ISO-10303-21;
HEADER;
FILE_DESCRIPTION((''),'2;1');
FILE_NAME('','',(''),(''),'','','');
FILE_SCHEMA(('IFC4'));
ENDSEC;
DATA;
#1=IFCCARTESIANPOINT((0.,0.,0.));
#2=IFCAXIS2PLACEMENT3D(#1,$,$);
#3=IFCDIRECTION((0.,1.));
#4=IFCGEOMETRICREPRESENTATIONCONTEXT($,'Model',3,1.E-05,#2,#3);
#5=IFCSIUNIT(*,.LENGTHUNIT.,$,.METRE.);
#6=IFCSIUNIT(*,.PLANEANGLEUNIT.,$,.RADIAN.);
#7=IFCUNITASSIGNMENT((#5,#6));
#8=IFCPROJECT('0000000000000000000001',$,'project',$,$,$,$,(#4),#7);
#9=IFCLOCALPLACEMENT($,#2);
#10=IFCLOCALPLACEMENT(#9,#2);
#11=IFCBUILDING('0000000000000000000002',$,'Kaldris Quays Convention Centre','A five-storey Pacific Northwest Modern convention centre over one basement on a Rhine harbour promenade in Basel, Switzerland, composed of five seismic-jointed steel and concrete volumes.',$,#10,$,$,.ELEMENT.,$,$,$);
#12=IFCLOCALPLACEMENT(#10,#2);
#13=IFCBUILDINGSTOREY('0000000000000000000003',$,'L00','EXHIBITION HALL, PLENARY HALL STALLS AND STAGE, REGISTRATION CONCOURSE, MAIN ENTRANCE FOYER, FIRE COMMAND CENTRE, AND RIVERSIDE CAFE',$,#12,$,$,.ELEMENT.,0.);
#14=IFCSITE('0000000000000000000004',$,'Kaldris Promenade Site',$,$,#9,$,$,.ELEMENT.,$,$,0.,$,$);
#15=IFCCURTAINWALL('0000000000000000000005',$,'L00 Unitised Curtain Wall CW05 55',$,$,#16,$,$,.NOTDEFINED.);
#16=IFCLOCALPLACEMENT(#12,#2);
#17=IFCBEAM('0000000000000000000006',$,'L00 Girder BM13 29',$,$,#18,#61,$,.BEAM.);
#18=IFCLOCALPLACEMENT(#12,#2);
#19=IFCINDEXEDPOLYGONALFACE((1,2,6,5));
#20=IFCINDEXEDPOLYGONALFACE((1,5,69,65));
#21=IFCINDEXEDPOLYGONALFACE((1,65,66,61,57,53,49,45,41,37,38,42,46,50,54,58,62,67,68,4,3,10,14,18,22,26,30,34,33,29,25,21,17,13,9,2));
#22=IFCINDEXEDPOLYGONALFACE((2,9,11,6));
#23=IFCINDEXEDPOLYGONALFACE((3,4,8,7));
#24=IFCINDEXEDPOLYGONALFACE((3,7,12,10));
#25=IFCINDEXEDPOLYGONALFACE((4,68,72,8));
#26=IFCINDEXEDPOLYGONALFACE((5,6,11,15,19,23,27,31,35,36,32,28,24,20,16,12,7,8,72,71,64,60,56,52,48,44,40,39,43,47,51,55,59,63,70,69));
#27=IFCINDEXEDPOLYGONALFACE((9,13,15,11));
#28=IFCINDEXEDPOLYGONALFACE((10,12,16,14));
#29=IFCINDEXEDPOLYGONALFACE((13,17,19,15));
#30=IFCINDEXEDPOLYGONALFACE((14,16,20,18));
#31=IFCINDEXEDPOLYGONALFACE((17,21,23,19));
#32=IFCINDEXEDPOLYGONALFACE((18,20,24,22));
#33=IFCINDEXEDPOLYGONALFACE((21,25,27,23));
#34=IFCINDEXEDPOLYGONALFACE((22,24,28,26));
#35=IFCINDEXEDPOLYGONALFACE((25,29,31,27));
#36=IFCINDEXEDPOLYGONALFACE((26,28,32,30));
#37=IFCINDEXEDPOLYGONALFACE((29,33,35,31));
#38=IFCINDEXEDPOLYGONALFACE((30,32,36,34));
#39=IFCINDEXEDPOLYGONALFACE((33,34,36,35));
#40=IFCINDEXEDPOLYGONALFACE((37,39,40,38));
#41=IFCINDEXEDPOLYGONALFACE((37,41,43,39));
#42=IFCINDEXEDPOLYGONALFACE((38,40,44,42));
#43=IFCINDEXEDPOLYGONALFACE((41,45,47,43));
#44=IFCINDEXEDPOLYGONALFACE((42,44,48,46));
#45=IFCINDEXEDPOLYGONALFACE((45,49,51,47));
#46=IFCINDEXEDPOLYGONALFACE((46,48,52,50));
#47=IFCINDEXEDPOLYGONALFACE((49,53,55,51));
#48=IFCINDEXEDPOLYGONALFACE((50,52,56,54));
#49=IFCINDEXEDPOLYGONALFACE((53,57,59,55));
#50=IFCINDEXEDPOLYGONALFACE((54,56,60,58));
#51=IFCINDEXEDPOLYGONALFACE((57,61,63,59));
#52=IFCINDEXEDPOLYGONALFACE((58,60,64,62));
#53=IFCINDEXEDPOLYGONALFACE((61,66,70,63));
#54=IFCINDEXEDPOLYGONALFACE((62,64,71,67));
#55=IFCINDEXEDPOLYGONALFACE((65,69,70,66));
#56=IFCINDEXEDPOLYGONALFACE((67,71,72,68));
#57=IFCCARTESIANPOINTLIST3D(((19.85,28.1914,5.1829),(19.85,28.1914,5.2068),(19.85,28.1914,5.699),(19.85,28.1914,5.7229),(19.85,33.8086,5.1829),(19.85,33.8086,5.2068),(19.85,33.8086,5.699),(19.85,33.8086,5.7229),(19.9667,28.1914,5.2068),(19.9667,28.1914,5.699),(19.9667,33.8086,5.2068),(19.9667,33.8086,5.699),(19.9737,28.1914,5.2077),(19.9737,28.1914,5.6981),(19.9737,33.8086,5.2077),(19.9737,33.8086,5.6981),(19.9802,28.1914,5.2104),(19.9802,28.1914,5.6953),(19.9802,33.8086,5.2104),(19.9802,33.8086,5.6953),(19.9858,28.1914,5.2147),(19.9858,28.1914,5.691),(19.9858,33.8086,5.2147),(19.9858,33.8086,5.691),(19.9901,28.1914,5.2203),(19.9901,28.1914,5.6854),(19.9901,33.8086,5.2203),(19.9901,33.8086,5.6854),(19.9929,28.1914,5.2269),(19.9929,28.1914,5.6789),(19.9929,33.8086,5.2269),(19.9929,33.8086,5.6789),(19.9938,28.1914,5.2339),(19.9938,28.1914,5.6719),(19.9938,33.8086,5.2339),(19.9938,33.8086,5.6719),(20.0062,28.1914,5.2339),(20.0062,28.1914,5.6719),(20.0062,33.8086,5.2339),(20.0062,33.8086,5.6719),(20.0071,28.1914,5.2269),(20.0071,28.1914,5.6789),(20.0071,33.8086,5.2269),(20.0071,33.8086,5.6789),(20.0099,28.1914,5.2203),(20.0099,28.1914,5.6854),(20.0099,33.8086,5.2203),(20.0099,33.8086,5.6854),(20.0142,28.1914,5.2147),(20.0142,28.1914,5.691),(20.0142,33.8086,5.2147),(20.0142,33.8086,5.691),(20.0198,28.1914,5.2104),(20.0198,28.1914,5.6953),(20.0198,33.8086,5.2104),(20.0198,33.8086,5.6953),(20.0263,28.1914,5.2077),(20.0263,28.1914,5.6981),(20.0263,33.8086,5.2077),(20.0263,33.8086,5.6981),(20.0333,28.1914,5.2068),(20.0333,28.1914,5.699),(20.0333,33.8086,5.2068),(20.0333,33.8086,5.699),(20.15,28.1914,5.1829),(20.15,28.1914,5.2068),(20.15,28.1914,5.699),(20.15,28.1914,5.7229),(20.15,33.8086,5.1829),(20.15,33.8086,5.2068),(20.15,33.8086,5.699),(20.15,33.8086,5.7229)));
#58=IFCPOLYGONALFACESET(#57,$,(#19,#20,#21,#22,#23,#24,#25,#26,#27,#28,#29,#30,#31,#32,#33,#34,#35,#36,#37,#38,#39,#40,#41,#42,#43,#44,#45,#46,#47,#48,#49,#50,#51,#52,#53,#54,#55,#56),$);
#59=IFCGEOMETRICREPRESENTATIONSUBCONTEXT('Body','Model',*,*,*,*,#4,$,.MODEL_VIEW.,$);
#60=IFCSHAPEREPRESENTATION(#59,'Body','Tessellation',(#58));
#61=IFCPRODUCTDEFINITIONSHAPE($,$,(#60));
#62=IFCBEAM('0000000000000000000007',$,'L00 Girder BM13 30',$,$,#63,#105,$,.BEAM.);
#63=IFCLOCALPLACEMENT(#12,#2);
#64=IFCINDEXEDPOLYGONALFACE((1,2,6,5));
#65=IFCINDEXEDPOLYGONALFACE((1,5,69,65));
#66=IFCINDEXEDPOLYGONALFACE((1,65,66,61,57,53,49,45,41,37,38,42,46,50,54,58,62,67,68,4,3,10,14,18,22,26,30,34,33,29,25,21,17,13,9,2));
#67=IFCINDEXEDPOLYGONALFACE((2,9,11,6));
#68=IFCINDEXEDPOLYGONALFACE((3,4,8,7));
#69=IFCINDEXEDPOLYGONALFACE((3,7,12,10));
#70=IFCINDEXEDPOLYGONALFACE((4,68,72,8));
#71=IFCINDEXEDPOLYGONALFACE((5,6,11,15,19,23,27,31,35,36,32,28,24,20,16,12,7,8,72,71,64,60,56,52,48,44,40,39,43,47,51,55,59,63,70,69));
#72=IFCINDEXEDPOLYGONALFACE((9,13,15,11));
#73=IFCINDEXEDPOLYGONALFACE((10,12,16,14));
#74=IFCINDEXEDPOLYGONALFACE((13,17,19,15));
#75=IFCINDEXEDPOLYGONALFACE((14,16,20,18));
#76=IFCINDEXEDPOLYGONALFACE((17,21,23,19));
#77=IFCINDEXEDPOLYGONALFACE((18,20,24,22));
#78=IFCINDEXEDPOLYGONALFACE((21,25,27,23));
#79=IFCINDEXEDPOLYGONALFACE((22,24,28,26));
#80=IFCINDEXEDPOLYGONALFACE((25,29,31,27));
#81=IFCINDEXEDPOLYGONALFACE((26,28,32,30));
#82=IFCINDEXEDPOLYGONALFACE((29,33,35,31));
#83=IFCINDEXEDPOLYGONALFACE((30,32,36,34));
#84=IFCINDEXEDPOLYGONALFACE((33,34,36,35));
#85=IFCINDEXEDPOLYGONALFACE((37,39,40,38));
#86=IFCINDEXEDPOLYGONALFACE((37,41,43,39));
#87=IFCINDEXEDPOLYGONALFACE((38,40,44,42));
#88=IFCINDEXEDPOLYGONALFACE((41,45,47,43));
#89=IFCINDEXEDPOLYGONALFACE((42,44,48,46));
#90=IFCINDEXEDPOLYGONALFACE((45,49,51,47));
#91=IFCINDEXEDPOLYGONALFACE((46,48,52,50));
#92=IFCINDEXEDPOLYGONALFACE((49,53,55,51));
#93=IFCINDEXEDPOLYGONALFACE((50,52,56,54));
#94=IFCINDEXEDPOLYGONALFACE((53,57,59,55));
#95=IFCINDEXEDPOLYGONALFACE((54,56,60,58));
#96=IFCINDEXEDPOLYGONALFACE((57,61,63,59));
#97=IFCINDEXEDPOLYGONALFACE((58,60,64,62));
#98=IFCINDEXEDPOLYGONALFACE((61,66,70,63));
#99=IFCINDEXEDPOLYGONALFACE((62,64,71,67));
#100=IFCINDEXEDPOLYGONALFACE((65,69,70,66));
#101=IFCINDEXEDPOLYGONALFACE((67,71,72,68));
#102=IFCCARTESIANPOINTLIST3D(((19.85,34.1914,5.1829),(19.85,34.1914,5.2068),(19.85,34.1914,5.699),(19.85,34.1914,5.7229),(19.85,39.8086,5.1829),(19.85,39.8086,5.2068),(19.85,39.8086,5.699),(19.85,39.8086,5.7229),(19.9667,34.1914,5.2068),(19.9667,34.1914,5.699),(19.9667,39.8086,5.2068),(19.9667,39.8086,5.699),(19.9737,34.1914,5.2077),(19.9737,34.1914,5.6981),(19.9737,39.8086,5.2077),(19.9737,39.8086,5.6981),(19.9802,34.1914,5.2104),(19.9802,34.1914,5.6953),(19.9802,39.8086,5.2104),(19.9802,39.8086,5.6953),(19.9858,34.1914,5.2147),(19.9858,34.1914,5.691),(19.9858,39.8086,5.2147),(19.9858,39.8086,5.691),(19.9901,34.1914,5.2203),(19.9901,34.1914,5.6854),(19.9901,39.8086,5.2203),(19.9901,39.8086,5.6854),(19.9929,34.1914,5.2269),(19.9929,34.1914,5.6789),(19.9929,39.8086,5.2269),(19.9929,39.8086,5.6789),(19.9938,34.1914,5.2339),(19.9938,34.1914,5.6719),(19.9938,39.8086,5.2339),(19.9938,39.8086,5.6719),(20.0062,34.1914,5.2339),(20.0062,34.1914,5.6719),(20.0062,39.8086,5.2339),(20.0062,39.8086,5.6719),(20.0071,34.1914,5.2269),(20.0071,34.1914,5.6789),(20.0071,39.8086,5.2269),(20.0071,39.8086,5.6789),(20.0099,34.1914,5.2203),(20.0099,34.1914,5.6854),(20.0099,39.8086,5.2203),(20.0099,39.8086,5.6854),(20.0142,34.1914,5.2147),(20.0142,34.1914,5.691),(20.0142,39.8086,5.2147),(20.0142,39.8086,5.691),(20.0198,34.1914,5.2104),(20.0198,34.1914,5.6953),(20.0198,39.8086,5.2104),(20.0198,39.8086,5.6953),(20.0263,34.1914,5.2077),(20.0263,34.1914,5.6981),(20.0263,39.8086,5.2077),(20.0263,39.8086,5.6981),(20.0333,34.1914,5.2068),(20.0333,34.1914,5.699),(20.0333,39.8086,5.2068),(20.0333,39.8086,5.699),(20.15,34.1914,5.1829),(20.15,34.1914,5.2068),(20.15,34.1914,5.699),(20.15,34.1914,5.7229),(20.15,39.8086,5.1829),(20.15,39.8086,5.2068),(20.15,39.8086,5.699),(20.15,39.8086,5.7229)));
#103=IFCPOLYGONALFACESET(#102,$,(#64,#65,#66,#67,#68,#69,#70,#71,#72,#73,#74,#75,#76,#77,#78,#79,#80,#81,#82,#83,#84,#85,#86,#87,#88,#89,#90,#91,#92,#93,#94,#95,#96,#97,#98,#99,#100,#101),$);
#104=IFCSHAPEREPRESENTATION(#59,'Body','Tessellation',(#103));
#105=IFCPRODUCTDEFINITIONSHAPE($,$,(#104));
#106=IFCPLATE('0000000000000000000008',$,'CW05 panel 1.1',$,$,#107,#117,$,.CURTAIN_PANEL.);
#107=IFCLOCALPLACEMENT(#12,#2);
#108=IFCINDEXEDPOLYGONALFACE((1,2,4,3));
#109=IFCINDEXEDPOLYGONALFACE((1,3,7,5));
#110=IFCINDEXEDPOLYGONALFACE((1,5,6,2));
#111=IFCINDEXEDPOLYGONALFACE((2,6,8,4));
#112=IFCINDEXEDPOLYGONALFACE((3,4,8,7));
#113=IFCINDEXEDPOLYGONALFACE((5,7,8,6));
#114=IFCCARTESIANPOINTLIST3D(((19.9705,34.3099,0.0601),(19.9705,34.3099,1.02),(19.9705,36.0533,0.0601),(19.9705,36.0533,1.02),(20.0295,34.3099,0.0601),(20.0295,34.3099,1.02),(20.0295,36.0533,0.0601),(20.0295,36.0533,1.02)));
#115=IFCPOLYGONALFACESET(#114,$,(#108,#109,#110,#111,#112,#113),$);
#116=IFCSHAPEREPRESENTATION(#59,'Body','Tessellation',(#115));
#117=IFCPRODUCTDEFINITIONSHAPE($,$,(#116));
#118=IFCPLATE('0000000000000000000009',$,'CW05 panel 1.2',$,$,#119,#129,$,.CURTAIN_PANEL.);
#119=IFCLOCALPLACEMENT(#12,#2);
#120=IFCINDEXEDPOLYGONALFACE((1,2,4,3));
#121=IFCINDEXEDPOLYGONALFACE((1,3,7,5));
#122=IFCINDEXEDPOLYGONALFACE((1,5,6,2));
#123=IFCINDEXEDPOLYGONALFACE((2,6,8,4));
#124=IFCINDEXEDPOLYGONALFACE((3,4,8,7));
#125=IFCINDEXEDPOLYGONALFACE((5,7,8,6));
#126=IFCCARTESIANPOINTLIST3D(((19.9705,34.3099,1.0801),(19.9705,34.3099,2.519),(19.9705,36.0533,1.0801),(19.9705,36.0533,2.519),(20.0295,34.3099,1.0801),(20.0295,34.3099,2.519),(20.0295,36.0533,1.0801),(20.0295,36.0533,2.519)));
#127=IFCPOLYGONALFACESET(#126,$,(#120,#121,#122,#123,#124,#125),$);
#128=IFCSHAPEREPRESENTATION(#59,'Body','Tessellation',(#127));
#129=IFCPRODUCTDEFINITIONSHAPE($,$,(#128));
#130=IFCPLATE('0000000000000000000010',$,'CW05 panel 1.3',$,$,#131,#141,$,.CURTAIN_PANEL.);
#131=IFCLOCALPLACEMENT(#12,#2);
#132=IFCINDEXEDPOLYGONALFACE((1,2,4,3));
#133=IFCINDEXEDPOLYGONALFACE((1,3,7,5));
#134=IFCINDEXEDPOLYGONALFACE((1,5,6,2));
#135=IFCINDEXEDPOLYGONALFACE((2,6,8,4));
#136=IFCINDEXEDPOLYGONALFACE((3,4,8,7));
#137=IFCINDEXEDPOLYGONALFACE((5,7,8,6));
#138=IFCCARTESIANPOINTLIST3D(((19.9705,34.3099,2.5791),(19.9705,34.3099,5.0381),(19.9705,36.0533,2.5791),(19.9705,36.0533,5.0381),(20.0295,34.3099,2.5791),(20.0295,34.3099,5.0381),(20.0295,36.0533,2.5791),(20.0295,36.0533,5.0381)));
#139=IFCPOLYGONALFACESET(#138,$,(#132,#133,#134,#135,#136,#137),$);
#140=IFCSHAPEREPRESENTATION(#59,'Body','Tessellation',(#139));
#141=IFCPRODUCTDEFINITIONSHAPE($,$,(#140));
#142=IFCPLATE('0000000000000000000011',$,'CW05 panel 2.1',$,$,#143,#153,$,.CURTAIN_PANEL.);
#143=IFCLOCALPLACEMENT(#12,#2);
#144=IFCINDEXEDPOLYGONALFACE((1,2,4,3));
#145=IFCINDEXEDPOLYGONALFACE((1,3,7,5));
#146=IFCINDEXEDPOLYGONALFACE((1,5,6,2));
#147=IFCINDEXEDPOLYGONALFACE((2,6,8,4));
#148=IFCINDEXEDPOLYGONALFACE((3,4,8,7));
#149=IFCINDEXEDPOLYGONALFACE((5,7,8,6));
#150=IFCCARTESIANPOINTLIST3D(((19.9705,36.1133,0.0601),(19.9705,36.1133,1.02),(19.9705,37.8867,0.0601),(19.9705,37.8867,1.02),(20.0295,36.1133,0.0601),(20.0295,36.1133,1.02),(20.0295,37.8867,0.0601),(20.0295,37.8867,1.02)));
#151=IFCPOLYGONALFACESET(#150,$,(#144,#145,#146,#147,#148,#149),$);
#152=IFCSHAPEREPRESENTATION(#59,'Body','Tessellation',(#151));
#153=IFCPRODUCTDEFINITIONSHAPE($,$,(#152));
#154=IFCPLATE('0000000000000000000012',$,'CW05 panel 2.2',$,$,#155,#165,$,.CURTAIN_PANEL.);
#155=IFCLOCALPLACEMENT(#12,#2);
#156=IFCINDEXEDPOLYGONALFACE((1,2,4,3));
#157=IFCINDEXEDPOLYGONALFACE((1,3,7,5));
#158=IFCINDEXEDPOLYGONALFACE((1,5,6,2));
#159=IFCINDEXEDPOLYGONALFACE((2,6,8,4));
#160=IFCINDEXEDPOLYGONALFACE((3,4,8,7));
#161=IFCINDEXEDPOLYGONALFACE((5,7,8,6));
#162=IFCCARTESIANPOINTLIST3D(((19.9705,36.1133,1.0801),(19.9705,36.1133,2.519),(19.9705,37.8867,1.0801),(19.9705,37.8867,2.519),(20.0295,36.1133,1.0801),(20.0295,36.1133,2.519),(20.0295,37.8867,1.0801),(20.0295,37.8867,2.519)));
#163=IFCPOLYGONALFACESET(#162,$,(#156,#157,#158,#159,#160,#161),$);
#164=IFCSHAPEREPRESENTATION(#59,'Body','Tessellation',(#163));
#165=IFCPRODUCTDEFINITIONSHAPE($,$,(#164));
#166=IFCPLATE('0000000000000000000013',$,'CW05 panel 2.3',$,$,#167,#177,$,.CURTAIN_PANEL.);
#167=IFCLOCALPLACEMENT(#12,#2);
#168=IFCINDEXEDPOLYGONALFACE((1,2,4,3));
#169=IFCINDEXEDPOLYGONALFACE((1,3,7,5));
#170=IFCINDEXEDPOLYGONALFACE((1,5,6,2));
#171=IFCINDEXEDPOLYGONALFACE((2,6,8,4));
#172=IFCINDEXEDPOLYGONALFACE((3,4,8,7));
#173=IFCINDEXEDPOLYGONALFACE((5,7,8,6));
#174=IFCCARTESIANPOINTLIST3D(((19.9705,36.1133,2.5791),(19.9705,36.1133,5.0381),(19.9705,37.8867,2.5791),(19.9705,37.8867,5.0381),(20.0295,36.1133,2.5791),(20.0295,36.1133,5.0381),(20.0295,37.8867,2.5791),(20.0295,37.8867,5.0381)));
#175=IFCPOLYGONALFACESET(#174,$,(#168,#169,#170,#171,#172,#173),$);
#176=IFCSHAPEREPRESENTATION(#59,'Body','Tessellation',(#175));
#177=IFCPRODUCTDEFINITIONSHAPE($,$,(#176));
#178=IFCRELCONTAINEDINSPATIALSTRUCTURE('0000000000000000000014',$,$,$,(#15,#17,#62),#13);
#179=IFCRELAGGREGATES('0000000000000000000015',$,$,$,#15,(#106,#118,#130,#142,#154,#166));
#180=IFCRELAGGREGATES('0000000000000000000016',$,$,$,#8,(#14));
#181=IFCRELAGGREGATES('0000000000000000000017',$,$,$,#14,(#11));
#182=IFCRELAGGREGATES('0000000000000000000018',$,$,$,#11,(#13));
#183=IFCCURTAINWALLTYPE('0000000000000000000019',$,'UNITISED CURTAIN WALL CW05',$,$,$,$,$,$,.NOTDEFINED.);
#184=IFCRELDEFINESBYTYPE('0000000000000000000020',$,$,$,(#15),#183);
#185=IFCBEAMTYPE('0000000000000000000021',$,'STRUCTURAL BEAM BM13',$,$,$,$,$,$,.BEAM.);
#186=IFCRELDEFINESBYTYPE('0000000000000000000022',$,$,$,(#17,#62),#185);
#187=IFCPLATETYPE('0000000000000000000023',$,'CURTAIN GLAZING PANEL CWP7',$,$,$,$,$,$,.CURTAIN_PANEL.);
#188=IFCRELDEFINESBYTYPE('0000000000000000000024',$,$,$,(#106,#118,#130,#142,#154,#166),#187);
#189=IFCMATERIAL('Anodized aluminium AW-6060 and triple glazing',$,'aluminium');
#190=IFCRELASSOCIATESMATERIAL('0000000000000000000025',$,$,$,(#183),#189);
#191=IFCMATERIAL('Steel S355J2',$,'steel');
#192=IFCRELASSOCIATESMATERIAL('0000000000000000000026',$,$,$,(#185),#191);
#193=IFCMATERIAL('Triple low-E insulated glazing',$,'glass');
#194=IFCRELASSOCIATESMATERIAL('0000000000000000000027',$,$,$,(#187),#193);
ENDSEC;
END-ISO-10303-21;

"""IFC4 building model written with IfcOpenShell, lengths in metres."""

from ifc_helpers import new_model, si_unit, direction, frame, origin, origin_2d, place, context, subcontext, project, spatial, rectangle, i_section, extrude, material, material_profile, profile_set, type_object, element, aggregate, save


model = new_model("IFC4")

# Units and contexts
model_context = context("Model", 3, precision=1e-05, world=origin(), true_north=direction((0.0, 1.0)))
body_context = subcontext(model_context, "Body", "Model", "MODEL_VIEW")
ifc_project = project(units=[si_unit("LENGTHUNIT", "METRE"), si_unit("PLANEANGLEUNIT", "RADIAN")], contexts=[model_context])

# Site, building, storey
site_placement = place(None, origin())
site = spatial("IfcSite", under=ifc_project, at=site_placement, Name="Kaldris Promenade Site", CompositionType="ELEMENT", RefElevation=0.0)
building_placement = place(site_placement, origin())
building = spatial("IfcBuilding", under=site, at=building_placement, Name="Kaldris Quays Convention Centre", Description="A five-storey Pacific Northwest Modern convention centre over one basement on a Rhine harbour promenade in Basel, Switzerland, composed of five seismic-jointed steel and concrete volumes.", CompositionType="ELEMENT")
storey_placement = place(building_placement, origin())
storey = spatial("IfcBuildingStorey", under=building, at=storey_placement, Name="L00", Description="EXHIBITION HALL, PLENARY HALL STALLS AND STAGE, REGISTRATION CONCOURSE, MAIN ENTRANCE FOYER, FIRE COMMAND CENTRE, AND RIVERSIDE CAFE", CompositionType="ELEMENT", Elevation=0.0)

# Curtain wall
ifc_material_1 = material(Name="Anodized aluminium AW-6060 and triple glazing", Category="aluminium")
curtain_wall_type = type_object("IfcCurtainWallType", Name="UNITISED CURTAIN WALL CW05", PredefinedType="NOTDEFINED", material=ifc_material_1)
curtain_wall_placement = place(storey_placement, origin())
curtain_wall = element("IfcCurtainWall", 1, at=curtain_wall_placement, inside=storey, type_object=curtain_wall_type, Name="L00 Unitised Curtain Wall CW05 55", PredefinedType="NOTDEFINED")

# Beams
ifc_material_2 = material(Name="Steel S355J2", Category="steel")
ifc_material_profile_1 = material_profile(ifc_material_2, i_section(OverallWidth=0.3, OverallDepth=0.54, WebThickness=0.0125, FlangeThickness=0.0239, FilletRadius=0.0271, at=origin_2d()), Name="HEA 550")
ifc_profile_set_1 = profile_set([ifc_material_profile_1], Name="Steel S355J2")
beam_type_1 = type_object("IfcBeamType", Name="STRUCTURAL BEAM BM13", PredefinedType="BEAM", material=ifc_profile_set_1)
for number, where, z_axis, x_axis, name in (
    (2, (20.0, 28.1914, 5.4529), (0.0, 1.0, 0.0), (-1.0, 0.0, 0.0), "L00 Girder BM13 29"),
    (3, (20.0, 34.1914, 5.4529), (0.0, 1.0, 0.0), (-1.0, 0.0, 0.0), "L00 Girder BM13 30"),
):
    element("IfcBeam", number, at=place(storey_placement, frame(where, z_axis=z_axis, x_axis=x_axis)), inside=storey, type_object=beam_type_1, Name=name, PredefinedType="BEAM", context=body_context, shape_type="SweptSolid", body=[
        extrude(i_section(OverallWidth=0.3, OverallDepth=0.54, WebThickness=0.0125, FlangeThickness=0.0239, FilletRadius=0.0271, at=origin_2d()), origin(), (0.0, 0.0, 1.0), 5.6172),
    ])

# Plates
ifc_material_3 = material(Name="Triple low-E insulated glazing", Category="glass")
plate_type = type_object("IfcPlateType", Name="CURTAIN GLAZING PANEL CWP7", PredefinedType="CURTAIN_PANEL", material=ifc_material_3)
plate_1_placement = place(storey_placement, frame((20.0, 35.1816, 0.0601), z_axis=(0.0, 0.0, 1.0), x_axis=(0.0, 1.0, 0.0)))
plate_1 = element("IfcPlate", 4, at=plate_1_placement, type_object=plate_type, Name="CW05 panel 1.1", PredefinedType="CURTAIN_PANEL", context=body_context, shape_type="SweptSolid", body=[
    extrude(rectangle(XDim=1.7434, YDim=0.0591, at=origin_2d()), origin(), (0.0, 0.0, 1.0), 0.96),
])
plate_2_placement = place(storey_placement, frame((20.0, 35.1816, 1.0801), z_axis=(0.0, 0.0, 1.0), x_axis=(0.0, 1.0, 0.0)))
plate_2 = element("IfcPlate", 5, at=plate_2_placement, type_object=plate_type, Name="CW05 panel 1.2", PredefinedType="CURTAIN_PANEL", context=body_context, shape_type="SweptSolid", body=[
    extrude(rectangle(XDim=1.7434, YDim=0.0591, at=origin_2d()), origin(), (0.0, 0.0, 1.0), 1.439),
])
plate_3_placement = place(storey_placement, frame((20.0, 35.1816, 2.5791), z_axis=(0.0, 0.0, 1.0), x_axis=(0.0, 1.0, 0.0)))
plate_3 = element("IfcPlate", 6, at=plate_3_placement, type_object=plate_type, Name="CW05 panel 1.3", PredefinedType="CURTAIN_PANEL", context=body_context, shape_type="SweptSolid", body=[
    extrude(rectangle(XDim=1.7434, YDim=0.0591, at=origin_2d()), origin(), (0.0, 0.0, 1.0), 2.459),
])
plate_4_placement = place(storey_placement, frame((20.0, 37.0, 0.0601), z_axis=(0.0, 0.0, 1.0), x_axis=(0.0, 1.0, 0.0)))
plate_4 = element("IfcPlate", 7, at=plate_4_placement, type_object=plate_type, Name="CW05 panel 2.1", PredefinedType="CURTAIN_PANEL", context=body_context, shape_type="SweptSolid", body=[
    extrude(rectangle(XDim=1.7734, YDim=0.0591, at=origin_2d()), origin(), (0.0, 0.0, 1.0), 0.96),
])
plate_5_placement = place(storey_placement, frame((20.0, 37.0, 1.0801), z_axis=(0.0, 0.0, 1.0), x_axis=(0.0, 1.0, 0.0)))
plate_5 = element("IfcPlate", 8, at=plate_5_placement, type_object=plate_type, Name="CW05 panel 2.2", PredefinedType="CURTAIN_PANEL", context=body_context, shape_type="SweptSolid", body=[
    extrude(rectangle(XDim=1.7734, YDim=0.0591, at=origin_2d()), origin(), (0.0, 0.0, 1.0), 1.439),
])
plate_6_placement = place(storey_placement, frame((20.0, 37.0, 2.5791), z_axis=(0.0, 0.0, 1.0), x_axis=(0.0, 1.0, 0.0)))
plate_6 = element("IfcPlate", 9, at=plate_6_placement, type_object=plate_type, Name="CW05 panel 2.3", PredefinedType="CURTAIN_PANEL", context=body_context, shape_type="SweptSolid", body=[
    extrude(rectangle(XDim=1.7734, YDim=0.0591, at=origin_2d()), origin(), (0.0, 0.0, 1.0), 2.459),
])
aggregate(curtain_wall, [plate_1, plate_2, plate_3, plate_4, plate_5, plate_6])

save(model, "model.ifc")
